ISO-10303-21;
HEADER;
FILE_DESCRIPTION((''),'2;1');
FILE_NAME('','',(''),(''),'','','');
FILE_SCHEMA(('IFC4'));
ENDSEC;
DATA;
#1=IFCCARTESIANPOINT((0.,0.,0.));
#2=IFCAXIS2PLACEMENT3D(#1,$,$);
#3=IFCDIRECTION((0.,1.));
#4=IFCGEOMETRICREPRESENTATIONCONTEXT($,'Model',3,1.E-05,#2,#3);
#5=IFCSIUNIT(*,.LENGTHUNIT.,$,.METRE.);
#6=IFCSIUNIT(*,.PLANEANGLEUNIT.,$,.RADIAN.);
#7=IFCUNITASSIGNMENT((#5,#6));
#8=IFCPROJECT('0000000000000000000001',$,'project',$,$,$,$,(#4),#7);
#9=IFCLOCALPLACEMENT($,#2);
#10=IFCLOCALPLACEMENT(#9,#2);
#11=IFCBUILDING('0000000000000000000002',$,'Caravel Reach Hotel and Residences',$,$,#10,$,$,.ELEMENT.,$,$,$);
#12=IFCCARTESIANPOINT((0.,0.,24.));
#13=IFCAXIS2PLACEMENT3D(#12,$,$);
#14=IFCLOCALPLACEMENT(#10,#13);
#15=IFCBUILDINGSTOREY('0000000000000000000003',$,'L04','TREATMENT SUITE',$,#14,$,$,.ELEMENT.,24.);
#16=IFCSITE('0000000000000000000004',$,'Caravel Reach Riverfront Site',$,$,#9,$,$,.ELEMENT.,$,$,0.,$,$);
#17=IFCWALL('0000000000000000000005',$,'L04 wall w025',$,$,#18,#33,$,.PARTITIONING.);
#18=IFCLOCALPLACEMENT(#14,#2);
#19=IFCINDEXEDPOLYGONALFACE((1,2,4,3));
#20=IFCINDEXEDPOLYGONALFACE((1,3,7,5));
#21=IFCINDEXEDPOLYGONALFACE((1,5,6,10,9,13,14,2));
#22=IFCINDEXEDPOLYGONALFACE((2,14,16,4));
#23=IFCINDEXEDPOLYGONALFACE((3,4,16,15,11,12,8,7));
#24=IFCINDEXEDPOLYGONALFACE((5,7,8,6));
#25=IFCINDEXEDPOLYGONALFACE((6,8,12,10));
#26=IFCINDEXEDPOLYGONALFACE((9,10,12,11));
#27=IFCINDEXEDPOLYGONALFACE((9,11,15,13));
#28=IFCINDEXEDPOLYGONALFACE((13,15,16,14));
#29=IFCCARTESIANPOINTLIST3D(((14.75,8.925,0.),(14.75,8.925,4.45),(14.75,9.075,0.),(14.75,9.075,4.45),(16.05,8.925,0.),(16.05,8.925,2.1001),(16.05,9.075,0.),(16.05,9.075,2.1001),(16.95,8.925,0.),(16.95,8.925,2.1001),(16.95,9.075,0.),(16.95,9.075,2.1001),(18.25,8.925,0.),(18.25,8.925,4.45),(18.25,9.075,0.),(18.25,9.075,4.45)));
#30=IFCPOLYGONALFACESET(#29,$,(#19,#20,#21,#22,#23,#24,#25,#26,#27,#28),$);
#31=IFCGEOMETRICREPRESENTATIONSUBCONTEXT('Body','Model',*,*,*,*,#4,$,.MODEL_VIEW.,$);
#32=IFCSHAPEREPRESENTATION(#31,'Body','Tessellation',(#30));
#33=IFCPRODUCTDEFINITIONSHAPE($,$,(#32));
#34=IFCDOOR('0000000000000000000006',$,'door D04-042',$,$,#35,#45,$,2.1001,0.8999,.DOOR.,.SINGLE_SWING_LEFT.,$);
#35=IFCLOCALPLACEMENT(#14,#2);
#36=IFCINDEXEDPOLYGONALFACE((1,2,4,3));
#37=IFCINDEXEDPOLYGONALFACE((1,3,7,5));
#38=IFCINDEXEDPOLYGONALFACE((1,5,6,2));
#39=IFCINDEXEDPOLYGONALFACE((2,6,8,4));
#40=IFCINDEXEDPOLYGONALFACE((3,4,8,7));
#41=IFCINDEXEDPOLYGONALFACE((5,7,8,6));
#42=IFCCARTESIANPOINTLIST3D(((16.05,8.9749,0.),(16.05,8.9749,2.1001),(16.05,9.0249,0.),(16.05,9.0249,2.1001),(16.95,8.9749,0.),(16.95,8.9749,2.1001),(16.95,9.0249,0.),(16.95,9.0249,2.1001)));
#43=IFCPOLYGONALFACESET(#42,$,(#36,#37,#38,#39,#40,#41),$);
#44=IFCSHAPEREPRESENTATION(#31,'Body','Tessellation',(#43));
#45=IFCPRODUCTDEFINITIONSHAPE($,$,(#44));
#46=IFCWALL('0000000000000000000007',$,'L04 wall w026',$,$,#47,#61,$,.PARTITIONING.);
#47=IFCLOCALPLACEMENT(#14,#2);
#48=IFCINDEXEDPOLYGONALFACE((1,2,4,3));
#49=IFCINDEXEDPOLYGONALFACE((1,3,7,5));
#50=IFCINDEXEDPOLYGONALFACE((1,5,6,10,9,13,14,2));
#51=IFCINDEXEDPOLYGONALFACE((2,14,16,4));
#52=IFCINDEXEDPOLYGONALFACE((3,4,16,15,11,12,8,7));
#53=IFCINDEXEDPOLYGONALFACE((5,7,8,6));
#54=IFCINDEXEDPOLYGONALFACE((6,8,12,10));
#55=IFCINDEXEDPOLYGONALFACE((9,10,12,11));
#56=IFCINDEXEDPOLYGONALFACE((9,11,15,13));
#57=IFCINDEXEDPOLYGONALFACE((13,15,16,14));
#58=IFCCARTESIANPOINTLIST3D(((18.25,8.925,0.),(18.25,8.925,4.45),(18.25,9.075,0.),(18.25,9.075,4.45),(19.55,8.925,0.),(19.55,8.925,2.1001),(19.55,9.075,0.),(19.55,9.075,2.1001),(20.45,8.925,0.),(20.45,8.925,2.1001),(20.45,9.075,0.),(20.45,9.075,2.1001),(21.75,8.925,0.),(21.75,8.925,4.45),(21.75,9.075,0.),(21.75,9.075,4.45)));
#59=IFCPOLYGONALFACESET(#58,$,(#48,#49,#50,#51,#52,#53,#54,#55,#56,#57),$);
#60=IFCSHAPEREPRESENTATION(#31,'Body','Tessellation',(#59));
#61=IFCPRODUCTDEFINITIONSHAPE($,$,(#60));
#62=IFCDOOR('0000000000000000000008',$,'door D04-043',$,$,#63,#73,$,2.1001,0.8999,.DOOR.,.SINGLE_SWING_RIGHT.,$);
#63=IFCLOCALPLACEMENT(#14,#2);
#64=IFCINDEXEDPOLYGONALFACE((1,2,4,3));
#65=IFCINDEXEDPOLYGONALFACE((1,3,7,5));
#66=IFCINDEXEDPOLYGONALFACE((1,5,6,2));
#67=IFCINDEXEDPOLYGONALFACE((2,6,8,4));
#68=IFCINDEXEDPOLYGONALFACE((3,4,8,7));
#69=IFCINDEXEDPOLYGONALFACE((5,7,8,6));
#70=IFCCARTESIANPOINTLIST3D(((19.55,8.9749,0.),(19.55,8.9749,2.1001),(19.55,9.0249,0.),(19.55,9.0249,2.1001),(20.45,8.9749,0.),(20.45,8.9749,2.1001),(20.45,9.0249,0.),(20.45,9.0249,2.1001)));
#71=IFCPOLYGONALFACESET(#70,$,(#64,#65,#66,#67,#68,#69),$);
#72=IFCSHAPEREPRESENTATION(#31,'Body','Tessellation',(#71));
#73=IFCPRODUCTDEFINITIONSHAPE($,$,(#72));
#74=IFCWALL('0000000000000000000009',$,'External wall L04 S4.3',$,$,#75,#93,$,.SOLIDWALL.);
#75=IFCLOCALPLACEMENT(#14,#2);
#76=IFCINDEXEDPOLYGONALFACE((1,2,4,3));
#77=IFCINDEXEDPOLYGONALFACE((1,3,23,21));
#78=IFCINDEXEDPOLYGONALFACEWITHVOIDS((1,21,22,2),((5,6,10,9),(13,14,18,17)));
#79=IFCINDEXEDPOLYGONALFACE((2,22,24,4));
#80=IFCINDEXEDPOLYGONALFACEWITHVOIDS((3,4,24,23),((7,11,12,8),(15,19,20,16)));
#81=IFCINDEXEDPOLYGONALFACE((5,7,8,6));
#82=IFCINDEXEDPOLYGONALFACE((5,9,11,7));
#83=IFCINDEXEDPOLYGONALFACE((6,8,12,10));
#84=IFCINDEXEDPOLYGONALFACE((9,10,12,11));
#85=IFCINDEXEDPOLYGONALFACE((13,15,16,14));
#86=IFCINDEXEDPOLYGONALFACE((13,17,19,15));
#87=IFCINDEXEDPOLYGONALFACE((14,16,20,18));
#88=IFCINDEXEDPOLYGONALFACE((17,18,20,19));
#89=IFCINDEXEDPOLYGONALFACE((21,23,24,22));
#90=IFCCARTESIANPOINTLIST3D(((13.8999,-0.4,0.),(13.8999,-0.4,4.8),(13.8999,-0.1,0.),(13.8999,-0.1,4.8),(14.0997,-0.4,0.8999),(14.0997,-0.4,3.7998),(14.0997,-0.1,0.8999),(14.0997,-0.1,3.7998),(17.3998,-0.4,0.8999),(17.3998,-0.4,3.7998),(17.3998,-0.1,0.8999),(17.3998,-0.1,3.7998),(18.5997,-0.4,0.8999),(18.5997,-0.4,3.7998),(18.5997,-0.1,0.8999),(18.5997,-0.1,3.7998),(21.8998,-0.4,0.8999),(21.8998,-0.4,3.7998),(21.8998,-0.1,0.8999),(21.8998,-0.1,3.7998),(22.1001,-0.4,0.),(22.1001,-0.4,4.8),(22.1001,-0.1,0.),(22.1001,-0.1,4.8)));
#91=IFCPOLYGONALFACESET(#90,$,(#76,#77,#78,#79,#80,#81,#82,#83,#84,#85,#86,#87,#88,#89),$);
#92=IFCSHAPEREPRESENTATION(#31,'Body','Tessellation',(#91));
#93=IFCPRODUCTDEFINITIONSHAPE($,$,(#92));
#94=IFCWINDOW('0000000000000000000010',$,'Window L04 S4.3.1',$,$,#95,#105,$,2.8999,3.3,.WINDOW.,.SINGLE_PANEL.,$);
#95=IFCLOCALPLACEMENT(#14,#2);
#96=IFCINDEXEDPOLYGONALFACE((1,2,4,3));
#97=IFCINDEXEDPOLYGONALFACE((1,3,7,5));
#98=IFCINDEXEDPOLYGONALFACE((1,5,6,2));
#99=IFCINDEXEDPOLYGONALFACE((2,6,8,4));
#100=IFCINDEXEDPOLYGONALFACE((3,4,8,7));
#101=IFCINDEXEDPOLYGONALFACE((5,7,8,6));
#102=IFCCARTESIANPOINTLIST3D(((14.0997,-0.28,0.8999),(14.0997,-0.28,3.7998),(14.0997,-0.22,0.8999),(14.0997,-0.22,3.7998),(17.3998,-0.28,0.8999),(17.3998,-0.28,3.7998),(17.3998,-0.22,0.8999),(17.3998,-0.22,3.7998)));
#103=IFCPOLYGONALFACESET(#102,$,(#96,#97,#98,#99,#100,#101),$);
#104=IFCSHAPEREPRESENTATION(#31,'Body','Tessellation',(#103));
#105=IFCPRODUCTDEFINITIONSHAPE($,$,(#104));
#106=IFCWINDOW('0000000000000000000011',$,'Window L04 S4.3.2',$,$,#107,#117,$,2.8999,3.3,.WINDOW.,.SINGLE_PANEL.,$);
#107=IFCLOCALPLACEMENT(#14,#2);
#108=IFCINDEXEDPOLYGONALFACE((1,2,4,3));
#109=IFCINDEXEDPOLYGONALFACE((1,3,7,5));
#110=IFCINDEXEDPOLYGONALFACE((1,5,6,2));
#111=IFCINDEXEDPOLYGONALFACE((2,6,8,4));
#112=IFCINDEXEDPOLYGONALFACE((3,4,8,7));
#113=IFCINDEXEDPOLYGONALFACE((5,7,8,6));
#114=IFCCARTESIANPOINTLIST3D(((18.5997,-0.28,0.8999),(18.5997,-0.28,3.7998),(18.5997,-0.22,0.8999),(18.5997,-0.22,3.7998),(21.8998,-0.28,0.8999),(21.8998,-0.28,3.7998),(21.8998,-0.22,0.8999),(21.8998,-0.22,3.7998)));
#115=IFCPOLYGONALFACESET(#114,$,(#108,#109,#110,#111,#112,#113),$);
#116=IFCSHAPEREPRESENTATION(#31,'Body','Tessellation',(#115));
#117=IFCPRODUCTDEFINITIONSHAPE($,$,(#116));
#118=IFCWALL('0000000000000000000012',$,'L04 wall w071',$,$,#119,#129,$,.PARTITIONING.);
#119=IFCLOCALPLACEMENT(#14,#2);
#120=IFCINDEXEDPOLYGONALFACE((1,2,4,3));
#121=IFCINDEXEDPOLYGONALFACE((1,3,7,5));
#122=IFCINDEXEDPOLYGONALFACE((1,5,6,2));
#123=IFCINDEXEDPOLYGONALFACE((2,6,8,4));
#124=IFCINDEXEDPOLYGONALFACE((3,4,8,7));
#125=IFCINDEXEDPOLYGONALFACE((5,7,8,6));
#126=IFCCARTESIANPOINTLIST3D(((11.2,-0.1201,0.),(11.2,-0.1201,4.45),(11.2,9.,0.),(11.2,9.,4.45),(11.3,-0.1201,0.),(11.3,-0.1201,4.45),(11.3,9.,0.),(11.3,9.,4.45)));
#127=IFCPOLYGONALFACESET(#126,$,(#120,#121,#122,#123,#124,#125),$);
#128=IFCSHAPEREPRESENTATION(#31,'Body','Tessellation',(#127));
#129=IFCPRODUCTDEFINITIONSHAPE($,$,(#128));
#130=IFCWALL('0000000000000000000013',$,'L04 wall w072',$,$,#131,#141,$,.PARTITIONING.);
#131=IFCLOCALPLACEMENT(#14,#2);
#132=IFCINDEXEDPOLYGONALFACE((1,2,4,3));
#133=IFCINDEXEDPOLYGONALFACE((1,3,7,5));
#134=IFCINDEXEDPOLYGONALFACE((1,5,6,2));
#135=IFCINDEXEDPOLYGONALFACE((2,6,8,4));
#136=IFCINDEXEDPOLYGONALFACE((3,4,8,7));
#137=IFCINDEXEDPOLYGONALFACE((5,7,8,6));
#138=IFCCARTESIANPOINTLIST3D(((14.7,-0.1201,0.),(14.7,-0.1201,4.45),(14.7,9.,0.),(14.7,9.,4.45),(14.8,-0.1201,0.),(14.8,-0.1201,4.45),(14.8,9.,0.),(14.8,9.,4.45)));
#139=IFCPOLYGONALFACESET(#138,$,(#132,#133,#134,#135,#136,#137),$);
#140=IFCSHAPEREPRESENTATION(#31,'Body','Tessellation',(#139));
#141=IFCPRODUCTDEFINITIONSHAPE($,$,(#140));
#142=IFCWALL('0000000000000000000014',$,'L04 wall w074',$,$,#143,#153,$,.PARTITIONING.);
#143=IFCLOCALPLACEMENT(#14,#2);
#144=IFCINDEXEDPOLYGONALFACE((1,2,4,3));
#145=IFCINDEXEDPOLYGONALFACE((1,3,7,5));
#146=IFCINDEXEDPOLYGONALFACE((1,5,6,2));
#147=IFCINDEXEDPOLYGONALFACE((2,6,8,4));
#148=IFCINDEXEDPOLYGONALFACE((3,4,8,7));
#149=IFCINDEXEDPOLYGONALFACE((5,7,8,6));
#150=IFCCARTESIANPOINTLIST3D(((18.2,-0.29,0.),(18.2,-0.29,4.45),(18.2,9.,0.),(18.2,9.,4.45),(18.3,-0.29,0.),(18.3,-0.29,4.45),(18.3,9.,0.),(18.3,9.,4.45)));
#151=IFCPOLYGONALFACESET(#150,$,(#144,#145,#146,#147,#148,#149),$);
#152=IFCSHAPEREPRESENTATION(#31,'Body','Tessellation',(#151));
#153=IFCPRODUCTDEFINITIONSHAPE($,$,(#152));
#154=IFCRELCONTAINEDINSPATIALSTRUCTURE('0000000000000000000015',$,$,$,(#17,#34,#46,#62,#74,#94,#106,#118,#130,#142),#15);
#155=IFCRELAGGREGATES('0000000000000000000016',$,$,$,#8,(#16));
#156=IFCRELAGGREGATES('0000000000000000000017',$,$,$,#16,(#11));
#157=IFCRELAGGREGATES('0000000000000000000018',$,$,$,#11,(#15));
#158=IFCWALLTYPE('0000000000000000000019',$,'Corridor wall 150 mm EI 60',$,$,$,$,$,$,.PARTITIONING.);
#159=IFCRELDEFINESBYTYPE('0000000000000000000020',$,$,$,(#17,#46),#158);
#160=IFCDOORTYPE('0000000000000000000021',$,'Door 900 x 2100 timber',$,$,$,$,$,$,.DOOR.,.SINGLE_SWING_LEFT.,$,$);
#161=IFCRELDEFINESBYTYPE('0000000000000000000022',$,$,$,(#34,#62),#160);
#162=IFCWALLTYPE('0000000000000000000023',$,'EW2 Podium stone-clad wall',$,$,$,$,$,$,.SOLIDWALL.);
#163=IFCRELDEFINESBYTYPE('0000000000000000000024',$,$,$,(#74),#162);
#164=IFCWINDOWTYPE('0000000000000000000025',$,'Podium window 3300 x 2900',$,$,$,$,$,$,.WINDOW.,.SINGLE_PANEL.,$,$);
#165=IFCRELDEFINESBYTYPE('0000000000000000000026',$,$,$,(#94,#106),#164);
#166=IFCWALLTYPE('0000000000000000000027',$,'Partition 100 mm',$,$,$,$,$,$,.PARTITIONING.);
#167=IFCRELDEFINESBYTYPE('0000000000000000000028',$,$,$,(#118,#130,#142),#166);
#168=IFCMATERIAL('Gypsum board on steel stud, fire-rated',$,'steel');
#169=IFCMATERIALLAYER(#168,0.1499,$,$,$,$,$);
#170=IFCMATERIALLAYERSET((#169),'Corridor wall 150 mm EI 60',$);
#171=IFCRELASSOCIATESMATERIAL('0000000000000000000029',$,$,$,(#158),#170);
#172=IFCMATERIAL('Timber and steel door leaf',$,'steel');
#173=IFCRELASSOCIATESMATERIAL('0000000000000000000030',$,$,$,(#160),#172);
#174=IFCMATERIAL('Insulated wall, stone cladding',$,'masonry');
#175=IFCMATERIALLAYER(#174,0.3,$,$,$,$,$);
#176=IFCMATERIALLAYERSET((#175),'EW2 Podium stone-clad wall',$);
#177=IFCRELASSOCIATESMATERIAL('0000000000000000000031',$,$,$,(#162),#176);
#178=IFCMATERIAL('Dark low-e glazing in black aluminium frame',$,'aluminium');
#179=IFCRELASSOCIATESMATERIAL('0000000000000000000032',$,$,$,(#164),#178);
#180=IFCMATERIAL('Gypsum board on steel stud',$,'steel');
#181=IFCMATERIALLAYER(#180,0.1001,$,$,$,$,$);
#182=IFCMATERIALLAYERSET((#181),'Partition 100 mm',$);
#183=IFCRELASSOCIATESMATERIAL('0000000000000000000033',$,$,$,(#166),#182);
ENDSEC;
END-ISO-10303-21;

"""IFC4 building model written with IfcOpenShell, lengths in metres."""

from ifc_helpers import new_model, si_unit, direction, frame, frame_2d, origin, place, context, subcontext, project, spatial, rectangle, extrude, material, layer, layer_set, type_object, element, fill, save


model = new_model("IFC4")

# Units and contexts
model_context = context("Model", 3, precision=1e-05, world=origin(), true_north=direction((0.0, 1.0)))
body_context = subcontext(model_context, "Body", "Model", "MODEL_VIEW")
ifc_project = project(units=[si_unit("LENGTHUNIT", "METRE"), si_unit("PLANEANGLEUNIT", "RADIAN")], contexts=[model_context])

# Site, building, storey
site_placement = place(None, origin())
site = spatial("IfcSite", under=ifc_project, at=site_placement, Name="Caravel Reach Riverfront Site", CompositionType="ELEMENT", RefElevation=0.0)
building_placement = place(site_placement, origin())
building = spatial("IfcBuilding", under=site, at=building_placement, Name="Caravel Reach Hotel and Residences", CompositionType="ELEMENT")
storey_placement = place(building_placement, frame((0.0, 0.0, 24.0)))
storey = spatial("IfcBuildingStorey", under=building, at=storey_placement, Name="L04", Description="TREATMENT SUITE", CompositionType="ELEMENT", Elevation=24.0)

# Shared definitions
ifc_material_1 = material(Name="Gypsum board on steel stud, fire-rated", Category="steel")
ifc_layer_1 = layer(ifc_material_1, 0.1499)
ifc_layer_set_1 = layer_set([ifc_layer_1], Name="Corridor wall 150 mm EI 60")
wall_type_1 = type_object("IfcWallType", Name="Corridor wall 150 mm EI 60", PredefinedType="PARTITIONING", material=ifc_layer_set_1)

# Walls, openings, doors
ifc_material_2 = material(Name="Timber and steel door leaf", Category="steel")
door_type_1 = type_object("IfcDoorType", Name="Door 900 x 2100 timber", OperationType="SINGLE_SWING_LEFT", PredefinedType="DOOR", material=ifc_material_2)
wall_1_placement = place(storey_placement, frame((14.75, 9.0, 0.0), z_axis=(0.0, 0.0, 1.0), x_axis=(1.0, 0.0, 0.0)))
wall_1 = element("IfcWall", 1, at=wall_1_placement, inside=storey, type_object=wall_type_1, Name="L04 wall w025", PredefinedType="PARTITIONING", context=body_context, shape_type="SweptSolid", body=[
    extrude(rectangle(XDim=3.5, YDim=0.1499, at=frame_2d((1.75, 0.0))), origin(), (0.0, 0.0, 1.0), 4.45),
])
opening_1_placement = place(wall_1_placement, frame((1.3, 0.0, 0.0)))
opening_1 = element("IfcOpeningElement", 2, at=opening_1_placement, cuts=wall_1, PredefinedType="OPENING", context=body_context, shape_type="SweptSolid", body=[
    extrude(rectangle(XDim=0.8999, YDim=2.1001, at=frame_2d((0.45, 1.05))), frame((0.0, 0.085, 0.0), z_axis=(0.0, -1.0, 0.0), x_axis=(1.0, 0.0, 0.0)), (0.0, 0.0, 1.0), 0.1699),
])
door_1_placement = place(opening_1_placement, origin())
door_1 = element("IfcDoor", 3, at=door_1_placement, inside=storey, type_object=door_type_1, Name="door D04-042", OperationType="SINGLE_SWING_LEFT", OverallHeight=2.1001, OverallWidth=0.8999, PredefinedType="DOOR", context=body_context, shape_type="SweptSolid", body=[
    extrude(rectangle(XDim=0.8999, YDim=2.1001, at=frame_2d((0.45, 1.05))), frame((0.0, 0.0249, 0.0), z_axis=(0.0, -1.0, 0.0), x_axis=(1.0, 0.0, 0.0)), (0.0, 0.0, 1.0), 0.05),
])
fill(opening_1, door_1)
wall_2_placement = place(storey_placement, frame((18.25, 9.0, 0.0), z_axis=(0.0, 0.0, 1.0), x_axis=(1.0, 0.0, 0.0)))
wall_2 = element("IfcWall", 4, at=wall_2_placement, inside=storey, type_object=wall_type_1, Name="L04 wall w026", PredefinedType="PARTITIONING", context=body_context, shape_type="SweptSolid", body=[
    extrude(rectangle(XDim=3.5, YDim=0.1499, at=frame_2d((1.75, 0.0))), origin(), (0.0, 0.0, 1.0), 4.45),
])
opening_2_placement = place(wall_2_placement, frame((1.3, 0.0, 0.0)))
opening_2 = element("IfcOpeningElement", 5, at=opening_2_placement, cuts=wall_2, PredefinedType="OPENING", context=body_context, shape_type="SweptSolid", body=[
    extrude(rectangle(XDim=0.8999, YDim=2.1001, at=frame_2d((0.45, 1.05))), frame((0.0, 0.085, 0.0), z_axis=(0.0, -1.0, 0.0), x_axis=(1.0, 0.0, 0.0)), (0.0, 0.0, 1.0), 0.1699),
])
door_2_placement = place(opening_2_placement, origin())
door_2 = element("IfcDoor", 6, at=door_2_placement, inside=storey, type_object=door_type_1, Name="door D04-043", OperationType="SINGLE_SWING_RIGHT", OverallHeight=2.1001, OverallWidth=0.8999, PredefinedType="DOOR", context=body_context, shape_type="SweptSolid", body=[
    extrude(rectangle(XDim=0.8999, YDim=2.1001, at=frame_2d((0.45, 1.05))), frame((0.0, 0.0249, 0.0), z_axis=(0.0, -1.0, 0.0), x_axis=(1.0, 0.0, 0.0)), (0.0, 0.0, 1.0), 0.05),
])
fill(opening_2, door_2)

# Wall, openings, windows
ifc_material_3 = material(Name="Insulated wall, stone cladding", Category="masonry")
ifc_layer_2 = layer(ifc_material_3, 0.3)
ifc_layer_set_2 = layer_set([ifc_layer_2], Name="EW2 Podium stone-clad wall")
wall_type_2 = type_object("IfcWallType", Name="EW2 Podium stone-clad wall", PredefinedType="SOLIDWALL", material=ifc_layer_set_2)
wall_3_placement = place(storey_placement, frame((13.8999, -0.25, 0.0), z_axis=(0.0, 0.0, 1.0), x_axis=(1.0, 0.0, 0.0)))
wall_3 = element("IfcWall", 7, at=wall_3_placement, inside=storey, type_object=wall_type_2, Name="External wall L04 S4.3", PredefinedType="SOLIDWALL", context=body_context, shape_type="SweptSolid", body=[
    extrude(rectangle(XDim=8.2002, YDim=0.3, at=frame_2d((4.1001, 0.0))), origin(), (0.0, 0.0, 1.0), 4.8),
])
opening_3_placement = place(wall_3_placement, frame((0.2, 0.0, 0.8999)))
opening_3 = element("IfcOpeningElement", 8, at=opening_3_placement, cuts=wall_3, PredefinedType="OPENING", context=body_context, shape_type="SweptSolid", body=[
    extrude(rectangle(XDim=3.3, YDim=2.8999, at=frame_2d((1.6499, 1.45))), frame((0.0, 0.1599, 0.0), z_axis=(0.0, -1.0, 0.0), x_axis=(1.0, 0.0, 0.0)), (0.0, 0.0, 1.0), 0.3201),
])
opening_4_placement = place(wall_3_placement, frame((4.7, 0.0, 0.8999)))
opening_4 = element("IfcOpeningElement", 9, at=opening_4_placement, cuts=wall_3, PredefinedType="OPENING", context=body_context, shape_type="SweptSolid", body=[
    extrude(rectangle(XDim=3.3, YDim=2.8999, at=frame_2d((1.6499, 1.45))), frame((0.0, 0.1599, 0.0), z_axis=(0.0, -1.0, 0.0), x_axis=(1.0, 0.0, 0.0)), (0.0, 0.0, 1.0), 0.3201),
])
ifc_material_4 = material(Name="Dark low-e glazing in black aluminium frame", Category="aluminium")
window_type = type_object("IfcWindowType", Name="Podium window 3300 x 2900", PartitioningType="SINGLE_PANEL", PredefinedType="WINDOW", material=ifc_material_4)
window_1_placement = place(opening_3_placement, origin())
window_1 = element("IfcWindow", 10, at=window_1_placement, inside=storey, type_object=window_type, Name="Window L04 S4.3.1", OverallHeight=2.8999, OverallWidth=3.3, PartitioningType="SINGLE_PANEL", PredefinedType="WINDOW", context=body_context, shape_type="SweptSolid", body=[
    extrude(rectangle(XDim=3.3, YDim=2.8999, at=frame_2d((1.6499, 1.45))), frame((0.0, 0.03, 0.0), z_axis=(0.0, -1.0, 0.0), x_axis=(1.0, 0.0, 0.0)), (0.0, 0.0, 1.0), 0.0601),
])
fill(opening_3, window_1)
window_2_placement = place(opening_4_placement, origin())
window_2 = element("IfcWindow", 11, at=window_2_placement, inside=storey, type_object=window_type, Name="Window L04 S4.3.2", OverallHeight=2.8999, OverallWidth=3.3, PartitioningType="SINGLE_PANEL", PredefinedType="WINDOW", context=body_context, shape_type="SweptSolid", body=[
    extrude(rectangle(XDim=3.3, YDim=2.8999, at=frame_2d((1.6499, 1.45))), frame((0.0, 0.03, 0.0), z_axis=(0.0, -1.0, 0.0), x_axis=(1.0, 0.0, 0.0)), (0.0, 0.0, 1.0), 0.0601),
])
fill(opening_4, window_2)

# Walls
ifc_material_5 = material(Name="Gypsum board on steel stud", Category="steel")
ifc_layer_3 = layer(ifc_material_5, 0.1001)
ifc_layer_set_3 = layer_set([ifc_layer_3], Name="Partition 100 mm")
wall_type_3 = type_object("IfcWallType", Name="Partition 100 mm", PredefinedType="PARTITIONING", material=ifc_layer_set_3)
for number, where, z_axis, x_axis, name in (
    (12, (11.25, -0.1201, 0.0), (0.0, 0.0, 1.0), (0.0, 1.0, 0.0), "L04 wall w071"),
    (13, (14.75, -0.1201, 0.0), (0.0, 0.0, 1.0), (0.0, 1.0, 0.0), "L04 wall w072"),
):
    element("IfcWall", number, at=place(storey_placement, frame(where, z_axis=z_axis, x_axis=x_axis)), inside=storey, type_object=wall_type_3, Name=name, PredefinedType="PARTITIONING", context=body_context, shape_type="SweptSolid", body=[
        extrude(rectangle(XDim=9.1201, YDim=0.1001, at=frame_2d((4.5601, 0.0))), origin(), (0.0, 0.0, 1.0), 4.45),
    ])
wall_4_placement = place(storey_placement, frame((18.25, -0.29, 0.0), z_axis=(0.0, 0.0, 1.0), x_axis=(0.0, 1.0, 0.0)))
element("IfcWall", 14, at=wall_4_placement, inside=storey, type_object=wall_type_3, Name="L04 wall w074", PredefinedType="PARTITIONING", context=body_context, shape_type="SweptSolid", body=[
    extrude(rectangle(XDim=9.29, YDim=0.1001, at=frame_2d((4.645, 0.0))), origin(), (0.0, 0.0, 1.0), 4.45),
])

save(model, "model.ifc")
